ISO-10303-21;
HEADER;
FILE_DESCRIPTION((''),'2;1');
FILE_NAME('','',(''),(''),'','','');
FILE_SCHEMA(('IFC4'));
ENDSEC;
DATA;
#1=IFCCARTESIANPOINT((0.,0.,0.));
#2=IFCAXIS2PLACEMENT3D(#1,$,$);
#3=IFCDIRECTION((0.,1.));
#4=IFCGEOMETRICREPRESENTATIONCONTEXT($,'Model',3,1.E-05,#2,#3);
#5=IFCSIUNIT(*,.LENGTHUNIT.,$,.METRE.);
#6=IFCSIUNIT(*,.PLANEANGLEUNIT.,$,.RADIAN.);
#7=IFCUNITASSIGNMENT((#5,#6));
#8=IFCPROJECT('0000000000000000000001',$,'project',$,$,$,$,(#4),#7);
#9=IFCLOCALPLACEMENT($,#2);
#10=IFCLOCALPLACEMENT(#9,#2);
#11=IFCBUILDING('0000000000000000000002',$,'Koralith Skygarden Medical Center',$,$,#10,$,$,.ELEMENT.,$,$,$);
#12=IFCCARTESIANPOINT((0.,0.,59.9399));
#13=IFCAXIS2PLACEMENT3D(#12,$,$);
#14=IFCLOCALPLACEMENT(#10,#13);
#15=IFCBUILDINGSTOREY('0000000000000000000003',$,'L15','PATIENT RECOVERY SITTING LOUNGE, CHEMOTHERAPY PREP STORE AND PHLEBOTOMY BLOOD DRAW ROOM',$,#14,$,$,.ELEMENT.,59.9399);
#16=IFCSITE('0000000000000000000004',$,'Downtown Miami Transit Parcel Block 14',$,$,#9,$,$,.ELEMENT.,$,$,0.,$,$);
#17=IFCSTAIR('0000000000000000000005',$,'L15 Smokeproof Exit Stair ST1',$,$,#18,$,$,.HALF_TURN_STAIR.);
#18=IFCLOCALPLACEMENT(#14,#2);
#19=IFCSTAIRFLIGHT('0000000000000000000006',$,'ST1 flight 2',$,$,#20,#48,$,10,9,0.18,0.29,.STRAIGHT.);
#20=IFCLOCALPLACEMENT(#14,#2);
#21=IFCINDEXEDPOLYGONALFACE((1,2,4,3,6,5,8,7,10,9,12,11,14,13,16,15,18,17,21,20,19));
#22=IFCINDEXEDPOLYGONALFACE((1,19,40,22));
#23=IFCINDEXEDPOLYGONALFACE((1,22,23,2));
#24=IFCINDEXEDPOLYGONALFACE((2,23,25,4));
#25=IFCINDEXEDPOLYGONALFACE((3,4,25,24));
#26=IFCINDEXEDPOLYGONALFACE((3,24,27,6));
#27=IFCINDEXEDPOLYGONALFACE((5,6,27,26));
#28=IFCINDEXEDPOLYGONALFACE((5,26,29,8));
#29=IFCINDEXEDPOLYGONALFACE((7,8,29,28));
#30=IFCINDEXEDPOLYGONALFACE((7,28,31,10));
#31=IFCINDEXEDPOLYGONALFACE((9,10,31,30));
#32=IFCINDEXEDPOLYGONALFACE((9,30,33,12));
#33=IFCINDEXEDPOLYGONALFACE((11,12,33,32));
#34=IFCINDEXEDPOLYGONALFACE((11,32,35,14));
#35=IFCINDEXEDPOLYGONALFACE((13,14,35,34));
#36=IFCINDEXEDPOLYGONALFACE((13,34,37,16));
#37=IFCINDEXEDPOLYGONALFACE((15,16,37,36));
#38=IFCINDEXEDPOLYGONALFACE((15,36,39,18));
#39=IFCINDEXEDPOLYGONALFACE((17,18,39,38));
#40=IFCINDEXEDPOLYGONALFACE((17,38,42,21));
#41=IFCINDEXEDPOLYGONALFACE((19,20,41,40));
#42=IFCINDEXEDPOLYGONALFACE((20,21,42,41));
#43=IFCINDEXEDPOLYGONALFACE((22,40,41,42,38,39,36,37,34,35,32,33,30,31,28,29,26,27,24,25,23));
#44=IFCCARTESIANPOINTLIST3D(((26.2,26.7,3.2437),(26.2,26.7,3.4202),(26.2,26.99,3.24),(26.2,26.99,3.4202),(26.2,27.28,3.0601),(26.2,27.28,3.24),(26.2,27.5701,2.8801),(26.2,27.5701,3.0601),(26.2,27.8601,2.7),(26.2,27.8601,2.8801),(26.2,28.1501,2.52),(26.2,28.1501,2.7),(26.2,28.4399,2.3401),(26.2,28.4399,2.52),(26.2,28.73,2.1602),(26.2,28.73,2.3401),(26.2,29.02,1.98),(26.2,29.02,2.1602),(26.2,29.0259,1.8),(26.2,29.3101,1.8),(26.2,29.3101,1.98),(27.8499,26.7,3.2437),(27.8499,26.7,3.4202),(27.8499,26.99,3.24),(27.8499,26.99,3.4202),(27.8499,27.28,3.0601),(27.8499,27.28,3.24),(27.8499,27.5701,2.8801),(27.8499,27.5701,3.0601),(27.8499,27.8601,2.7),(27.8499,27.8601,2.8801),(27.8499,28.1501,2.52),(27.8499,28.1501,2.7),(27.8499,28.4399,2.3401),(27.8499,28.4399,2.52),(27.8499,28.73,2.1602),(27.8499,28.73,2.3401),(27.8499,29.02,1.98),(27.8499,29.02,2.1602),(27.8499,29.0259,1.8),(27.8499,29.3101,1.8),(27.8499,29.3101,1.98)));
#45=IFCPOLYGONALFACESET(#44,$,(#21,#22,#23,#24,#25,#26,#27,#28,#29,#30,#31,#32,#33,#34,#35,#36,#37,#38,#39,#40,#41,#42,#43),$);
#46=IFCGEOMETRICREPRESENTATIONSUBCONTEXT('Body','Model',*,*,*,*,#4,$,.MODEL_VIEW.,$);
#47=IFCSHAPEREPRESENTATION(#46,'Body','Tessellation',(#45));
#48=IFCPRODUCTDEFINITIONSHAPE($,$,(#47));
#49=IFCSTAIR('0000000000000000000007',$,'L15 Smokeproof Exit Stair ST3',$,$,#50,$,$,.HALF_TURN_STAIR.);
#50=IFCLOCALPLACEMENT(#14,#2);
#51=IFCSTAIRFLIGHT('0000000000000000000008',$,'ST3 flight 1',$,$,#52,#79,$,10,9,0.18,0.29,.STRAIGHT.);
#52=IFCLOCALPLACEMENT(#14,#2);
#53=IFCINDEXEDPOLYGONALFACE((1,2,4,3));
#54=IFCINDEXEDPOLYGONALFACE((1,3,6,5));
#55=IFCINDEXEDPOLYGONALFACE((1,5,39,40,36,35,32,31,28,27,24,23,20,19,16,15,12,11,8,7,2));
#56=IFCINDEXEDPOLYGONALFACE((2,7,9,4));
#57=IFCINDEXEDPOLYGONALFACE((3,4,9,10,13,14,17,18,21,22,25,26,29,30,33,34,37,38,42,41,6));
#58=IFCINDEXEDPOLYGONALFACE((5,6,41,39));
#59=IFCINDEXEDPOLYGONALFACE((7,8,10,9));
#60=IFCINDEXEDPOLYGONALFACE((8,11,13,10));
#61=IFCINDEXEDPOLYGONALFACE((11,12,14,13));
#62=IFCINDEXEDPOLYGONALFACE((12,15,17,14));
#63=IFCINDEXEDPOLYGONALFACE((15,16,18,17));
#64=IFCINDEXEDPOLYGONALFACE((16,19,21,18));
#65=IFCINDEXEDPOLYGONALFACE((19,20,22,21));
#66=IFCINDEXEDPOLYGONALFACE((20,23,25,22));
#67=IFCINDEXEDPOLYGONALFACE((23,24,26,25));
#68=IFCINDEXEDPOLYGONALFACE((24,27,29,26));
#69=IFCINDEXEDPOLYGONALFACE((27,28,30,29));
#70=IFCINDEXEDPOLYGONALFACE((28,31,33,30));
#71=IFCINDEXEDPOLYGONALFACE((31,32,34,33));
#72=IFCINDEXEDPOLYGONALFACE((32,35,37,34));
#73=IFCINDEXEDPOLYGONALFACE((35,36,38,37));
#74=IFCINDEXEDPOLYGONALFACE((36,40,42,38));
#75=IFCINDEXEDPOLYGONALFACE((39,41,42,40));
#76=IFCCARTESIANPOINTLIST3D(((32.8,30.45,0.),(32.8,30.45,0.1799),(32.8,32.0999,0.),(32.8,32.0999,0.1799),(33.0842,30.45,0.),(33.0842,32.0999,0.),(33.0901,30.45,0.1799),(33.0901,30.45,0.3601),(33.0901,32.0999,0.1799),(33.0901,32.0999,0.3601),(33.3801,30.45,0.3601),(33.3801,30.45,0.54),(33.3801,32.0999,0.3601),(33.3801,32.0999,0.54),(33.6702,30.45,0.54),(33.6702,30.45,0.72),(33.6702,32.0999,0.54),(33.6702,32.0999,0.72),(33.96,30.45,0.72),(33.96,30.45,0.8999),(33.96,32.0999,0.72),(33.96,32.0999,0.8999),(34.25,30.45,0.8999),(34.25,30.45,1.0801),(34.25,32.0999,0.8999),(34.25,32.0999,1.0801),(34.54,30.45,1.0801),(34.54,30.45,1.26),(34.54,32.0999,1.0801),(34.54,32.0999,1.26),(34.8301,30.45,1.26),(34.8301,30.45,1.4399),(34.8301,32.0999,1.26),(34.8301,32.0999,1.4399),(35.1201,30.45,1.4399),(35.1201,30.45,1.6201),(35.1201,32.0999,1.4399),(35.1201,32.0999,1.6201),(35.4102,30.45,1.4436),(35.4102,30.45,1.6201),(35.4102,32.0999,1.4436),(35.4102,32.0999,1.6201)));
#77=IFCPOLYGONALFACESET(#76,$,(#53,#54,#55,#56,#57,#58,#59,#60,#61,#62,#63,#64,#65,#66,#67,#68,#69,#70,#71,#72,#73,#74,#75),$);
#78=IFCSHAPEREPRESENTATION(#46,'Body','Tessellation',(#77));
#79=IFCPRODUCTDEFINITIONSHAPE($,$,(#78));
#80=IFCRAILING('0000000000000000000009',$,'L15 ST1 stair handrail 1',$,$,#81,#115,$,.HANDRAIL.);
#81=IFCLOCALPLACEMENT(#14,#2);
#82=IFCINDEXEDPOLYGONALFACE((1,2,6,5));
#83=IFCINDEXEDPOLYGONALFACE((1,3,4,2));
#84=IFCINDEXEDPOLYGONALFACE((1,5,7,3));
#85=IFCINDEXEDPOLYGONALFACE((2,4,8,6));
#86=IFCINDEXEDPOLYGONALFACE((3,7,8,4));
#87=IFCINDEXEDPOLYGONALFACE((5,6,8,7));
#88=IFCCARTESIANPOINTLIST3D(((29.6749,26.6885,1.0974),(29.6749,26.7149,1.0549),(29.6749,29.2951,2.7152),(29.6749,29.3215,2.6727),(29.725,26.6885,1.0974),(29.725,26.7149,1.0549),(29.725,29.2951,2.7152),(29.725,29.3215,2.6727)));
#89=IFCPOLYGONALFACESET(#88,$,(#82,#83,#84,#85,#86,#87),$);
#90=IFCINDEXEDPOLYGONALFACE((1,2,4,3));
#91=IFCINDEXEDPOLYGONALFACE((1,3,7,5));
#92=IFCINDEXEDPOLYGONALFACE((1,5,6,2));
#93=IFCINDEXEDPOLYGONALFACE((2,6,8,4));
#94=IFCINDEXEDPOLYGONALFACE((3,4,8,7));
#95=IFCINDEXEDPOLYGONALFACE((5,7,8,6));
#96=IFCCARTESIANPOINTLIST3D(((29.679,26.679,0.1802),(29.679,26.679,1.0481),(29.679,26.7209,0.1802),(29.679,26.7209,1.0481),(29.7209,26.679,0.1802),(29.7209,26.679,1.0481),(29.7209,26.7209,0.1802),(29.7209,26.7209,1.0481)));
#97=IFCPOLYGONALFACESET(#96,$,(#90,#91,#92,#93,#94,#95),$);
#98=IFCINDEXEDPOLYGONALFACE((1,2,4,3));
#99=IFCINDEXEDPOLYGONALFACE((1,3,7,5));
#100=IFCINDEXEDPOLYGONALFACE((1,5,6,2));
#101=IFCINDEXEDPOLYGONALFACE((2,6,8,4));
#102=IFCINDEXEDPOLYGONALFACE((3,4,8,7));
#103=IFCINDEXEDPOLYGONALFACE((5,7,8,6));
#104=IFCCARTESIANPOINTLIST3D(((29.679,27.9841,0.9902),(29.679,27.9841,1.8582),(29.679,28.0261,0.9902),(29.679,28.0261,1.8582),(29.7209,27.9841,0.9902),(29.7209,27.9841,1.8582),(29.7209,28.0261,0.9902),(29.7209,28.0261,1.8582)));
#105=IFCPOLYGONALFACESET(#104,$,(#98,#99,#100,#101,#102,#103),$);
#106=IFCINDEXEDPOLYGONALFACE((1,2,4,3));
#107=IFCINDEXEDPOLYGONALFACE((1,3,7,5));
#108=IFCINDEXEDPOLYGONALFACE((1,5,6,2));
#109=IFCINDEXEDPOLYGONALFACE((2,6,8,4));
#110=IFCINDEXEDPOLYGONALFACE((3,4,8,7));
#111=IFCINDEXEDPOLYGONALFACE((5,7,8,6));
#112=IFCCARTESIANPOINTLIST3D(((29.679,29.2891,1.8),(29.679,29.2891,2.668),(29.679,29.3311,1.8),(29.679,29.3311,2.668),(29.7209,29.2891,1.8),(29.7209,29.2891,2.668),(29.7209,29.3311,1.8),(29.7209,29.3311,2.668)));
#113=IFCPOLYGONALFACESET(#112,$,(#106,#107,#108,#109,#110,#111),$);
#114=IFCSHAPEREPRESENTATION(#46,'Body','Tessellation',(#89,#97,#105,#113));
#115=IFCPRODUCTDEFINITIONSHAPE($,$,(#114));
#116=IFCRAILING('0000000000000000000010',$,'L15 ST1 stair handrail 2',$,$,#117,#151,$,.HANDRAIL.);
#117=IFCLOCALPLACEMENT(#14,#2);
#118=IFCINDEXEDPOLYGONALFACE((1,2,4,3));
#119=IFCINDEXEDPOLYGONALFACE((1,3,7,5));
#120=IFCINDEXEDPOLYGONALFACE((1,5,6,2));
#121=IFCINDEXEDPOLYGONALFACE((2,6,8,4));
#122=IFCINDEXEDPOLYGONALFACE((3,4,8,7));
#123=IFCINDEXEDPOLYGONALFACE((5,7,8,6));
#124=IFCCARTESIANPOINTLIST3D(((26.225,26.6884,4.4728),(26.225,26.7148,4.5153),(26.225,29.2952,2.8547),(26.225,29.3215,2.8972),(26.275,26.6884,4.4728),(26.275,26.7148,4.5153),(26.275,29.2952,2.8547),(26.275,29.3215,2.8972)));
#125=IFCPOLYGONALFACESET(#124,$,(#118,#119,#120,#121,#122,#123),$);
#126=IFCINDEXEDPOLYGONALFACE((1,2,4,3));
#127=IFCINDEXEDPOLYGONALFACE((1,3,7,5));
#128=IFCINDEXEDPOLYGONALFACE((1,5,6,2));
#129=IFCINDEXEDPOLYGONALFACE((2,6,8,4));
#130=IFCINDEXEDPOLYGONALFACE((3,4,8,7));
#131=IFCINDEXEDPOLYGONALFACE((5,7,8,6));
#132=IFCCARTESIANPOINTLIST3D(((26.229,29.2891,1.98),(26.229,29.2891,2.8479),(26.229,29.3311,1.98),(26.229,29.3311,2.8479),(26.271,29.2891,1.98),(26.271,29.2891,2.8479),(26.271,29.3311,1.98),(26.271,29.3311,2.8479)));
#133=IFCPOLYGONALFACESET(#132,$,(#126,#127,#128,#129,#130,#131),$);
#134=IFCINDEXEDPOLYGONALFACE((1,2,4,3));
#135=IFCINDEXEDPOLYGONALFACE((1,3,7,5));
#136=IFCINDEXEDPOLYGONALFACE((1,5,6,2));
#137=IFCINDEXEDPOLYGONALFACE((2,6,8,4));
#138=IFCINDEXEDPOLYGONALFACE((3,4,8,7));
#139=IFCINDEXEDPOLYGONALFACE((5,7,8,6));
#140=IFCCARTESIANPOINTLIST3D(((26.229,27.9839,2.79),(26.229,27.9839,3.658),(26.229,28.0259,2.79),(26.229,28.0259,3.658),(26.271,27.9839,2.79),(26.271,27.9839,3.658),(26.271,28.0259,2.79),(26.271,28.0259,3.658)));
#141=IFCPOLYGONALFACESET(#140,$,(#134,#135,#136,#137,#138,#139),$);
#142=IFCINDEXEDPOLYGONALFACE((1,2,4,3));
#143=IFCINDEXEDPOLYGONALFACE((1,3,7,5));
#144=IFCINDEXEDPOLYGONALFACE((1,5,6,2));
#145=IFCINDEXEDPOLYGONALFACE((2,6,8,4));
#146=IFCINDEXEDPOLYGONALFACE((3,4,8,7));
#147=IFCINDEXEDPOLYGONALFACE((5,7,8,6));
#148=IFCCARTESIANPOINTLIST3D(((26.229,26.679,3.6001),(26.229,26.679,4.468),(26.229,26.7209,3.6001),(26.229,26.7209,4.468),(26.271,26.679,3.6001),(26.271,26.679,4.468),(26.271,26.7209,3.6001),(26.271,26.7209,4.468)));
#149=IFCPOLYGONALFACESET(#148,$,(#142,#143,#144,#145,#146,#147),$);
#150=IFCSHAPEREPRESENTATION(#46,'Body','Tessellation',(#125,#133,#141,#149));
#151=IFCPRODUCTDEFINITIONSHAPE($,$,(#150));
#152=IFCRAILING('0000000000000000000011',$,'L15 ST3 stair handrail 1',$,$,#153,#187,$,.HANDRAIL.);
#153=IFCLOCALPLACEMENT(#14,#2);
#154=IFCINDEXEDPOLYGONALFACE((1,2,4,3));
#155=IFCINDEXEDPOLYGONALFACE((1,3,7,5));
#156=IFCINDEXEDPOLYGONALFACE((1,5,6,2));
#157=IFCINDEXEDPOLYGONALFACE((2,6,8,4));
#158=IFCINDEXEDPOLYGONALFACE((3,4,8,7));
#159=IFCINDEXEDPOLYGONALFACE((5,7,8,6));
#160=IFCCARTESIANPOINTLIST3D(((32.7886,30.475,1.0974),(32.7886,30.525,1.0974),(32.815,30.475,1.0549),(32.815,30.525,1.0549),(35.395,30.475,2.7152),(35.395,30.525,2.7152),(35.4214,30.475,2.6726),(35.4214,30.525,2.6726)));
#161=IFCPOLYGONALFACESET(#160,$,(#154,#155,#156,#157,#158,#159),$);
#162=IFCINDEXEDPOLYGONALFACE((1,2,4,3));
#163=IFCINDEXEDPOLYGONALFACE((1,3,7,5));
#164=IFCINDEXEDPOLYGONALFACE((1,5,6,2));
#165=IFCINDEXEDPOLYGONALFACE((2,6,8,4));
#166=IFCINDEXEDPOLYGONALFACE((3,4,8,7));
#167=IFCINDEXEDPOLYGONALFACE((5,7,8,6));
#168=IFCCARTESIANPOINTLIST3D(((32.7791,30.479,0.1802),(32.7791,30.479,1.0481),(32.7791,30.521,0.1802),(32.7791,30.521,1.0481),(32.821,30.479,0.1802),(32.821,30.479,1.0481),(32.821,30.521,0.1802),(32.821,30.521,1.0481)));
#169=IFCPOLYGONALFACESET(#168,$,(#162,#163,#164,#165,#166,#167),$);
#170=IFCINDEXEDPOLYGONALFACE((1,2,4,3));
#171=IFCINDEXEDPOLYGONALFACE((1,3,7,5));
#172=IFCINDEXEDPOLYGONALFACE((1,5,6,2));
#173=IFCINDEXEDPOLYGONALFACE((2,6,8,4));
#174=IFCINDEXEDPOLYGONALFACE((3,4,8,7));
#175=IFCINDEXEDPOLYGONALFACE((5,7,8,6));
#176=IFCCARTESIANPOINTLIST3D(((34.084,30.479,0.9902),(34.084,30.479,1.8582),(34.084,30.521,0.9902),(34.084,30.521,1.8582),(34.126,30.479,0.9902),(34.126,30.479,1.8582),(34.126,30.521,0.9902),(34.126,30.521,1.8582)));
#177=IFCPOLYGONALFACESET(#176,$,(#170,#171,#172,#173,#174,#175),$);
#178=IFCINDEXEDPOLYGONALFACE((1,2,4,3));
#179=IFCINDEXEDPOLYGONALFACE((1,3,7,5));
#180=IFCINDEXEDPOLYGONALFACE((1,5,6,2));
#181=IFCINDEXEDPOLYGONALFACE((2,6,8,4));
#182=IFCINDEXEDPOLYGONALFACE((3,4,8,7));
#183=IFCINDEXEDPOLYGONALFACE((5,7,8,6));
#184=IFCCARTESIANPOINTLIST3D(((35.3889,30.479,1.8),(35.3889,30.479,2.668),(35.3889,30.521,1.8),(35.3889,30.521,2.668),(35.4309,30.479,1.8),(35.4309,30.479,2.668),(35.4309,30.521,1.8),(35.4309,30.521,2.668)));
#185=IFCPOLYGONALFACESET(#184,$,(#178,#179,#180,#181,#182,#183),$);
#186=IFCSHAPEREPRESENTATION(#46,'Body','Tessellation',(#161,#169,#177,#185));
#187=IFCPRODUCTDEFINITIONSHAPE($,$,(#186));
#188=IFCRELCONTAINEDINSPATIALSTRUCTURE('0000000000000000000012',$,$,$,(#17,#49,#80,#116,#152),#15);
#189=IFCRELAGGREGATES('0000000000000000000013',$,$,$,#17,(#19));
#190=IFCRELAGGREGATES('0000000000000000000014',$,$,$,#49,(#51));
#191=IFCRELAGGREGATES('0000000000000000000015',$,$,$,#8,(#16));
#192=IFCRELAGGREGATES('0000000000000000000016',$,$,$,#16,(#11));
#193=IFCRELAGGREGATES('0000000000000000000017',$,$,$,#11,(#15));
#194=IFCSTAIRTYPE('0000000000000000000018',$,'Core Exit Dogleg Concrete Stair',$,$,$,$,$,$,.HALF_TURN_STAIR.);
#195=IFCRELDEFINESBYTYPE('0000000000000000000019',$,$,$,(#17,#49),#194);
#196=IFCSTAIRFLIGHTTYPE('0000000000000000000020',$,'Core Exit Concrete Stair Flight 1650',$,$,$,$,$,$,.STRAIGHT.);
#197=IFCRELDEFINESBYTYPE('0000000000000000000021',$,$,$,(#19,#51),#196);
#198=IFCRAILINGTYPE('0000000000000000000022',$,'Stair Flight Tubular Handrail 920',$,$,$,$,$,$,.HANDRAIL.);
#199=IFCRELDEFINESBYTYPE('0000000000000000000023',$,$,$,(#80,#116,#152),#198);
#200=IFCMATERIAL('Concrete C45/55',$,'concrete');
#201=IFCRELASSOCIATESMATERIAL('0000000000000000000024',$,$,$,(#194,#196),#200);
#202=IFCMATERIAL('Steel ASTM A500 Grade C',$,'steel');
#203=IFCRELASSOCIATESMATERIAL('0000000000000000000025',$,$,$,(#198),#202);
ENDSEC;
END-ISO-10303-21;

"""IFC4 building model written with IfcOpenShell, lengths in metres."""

from ifc_helpers import new_model, si_unit, direction, frame, origin, origin_2d, place, context, subcontext, project, spatial, polyline, rectangle, outline, extrude, material, type_object, element, aggregate, save


model = new_model("IFC4")

# Units and contexts
model_context = context("Model", 3, precision=1e-05, world=origin(), true_north=direction((0.0, 1.0)))
body_context = subcontext(model_context, "Body", "Model", "MODEL_VIEW")
ifc_project = project(units=[si_unit("LENGTHUNIT", "METRE"), si_unit("PLANEANGLEUNIT", "RADIAN")], contexts=[model_context])

# Site, building, storey
site_placement = place(None, origin())
site = spatial("IfcSite", under=ifc_project, at=site_placement, Name="Downtown Miami Transit Parcel Block 14", CompositionType="ELEMENT", RefElevation=0.0)
building_placement = place(site_placement, origin())
building = spatial("IfcBuilding", under=site, at=building_placement, Name="Koralith Skygarden Medical Center", CompositionType="ELEMENT")
storey_placement = place(building_placement, frame((0.0, 0.0, 59.9399)))
storey = spatial("IfcBuildingStorey", under=building, at=storey_placement, Name="L15", Description="PATIENT RECOVERY SITTING LOUNGE, CHEMOTHERAPY PREP STORE AND PHLEBOTOMY BLOOD DRAW ROOM", CompositionType="ELEMENT", Elevation=59.9399)

# Shared definitions
ifc_material_1 = material(Name="Concrete C45/55", Category="concrete")

# Stair, stair flight
stair_type = type_object("IfcStairType", Name="Core Exit Dogleg Concrete Stair", PredefinedType="HALF_TURN_STAIR", material=ifc_material_1)
stair_1_placement = place(storey_placement, origin())
stair_1 = element("IfcStair", 1, at=stair_1_placement, inside=storey, type_object=stair_type, Name="L15 Smokeproof Exit Stair ST1", PredefinedType="HALF_TURN_STAIR")
stair_flight_type = type_object("IfcStairFlightType", Name="Core Exit Concrete Stair Flight 1650", PredefinedType="STRAIGHT", material=ifc_material_1)
stair_flight_1_placement = place(storey_placement, frame((27.0249, 29.3101, 1.8), z_axis=(0.0, 0.0, 1.0), x_axis=(0.0, -1.0, 0.0)))
stair_flight_1 = element("IfcStairFlight", 2, at=stair_flight_1_placement, type_object=stair_flight_type, Name="ST1 flight 2", NumberOfRisers=10, NumberOfTreads=9, PredefinedType="STRAIGHT", RiserHeight=0.18, TreadLength=0.29, context=body_context, shape_type="SweptSolid", body=[
    extrude(outline(polyline([(0.0, 0.0), (0.0, 0.1799), (0.29, 0.1799), (0.29, 0.3601), (0.5801, 0.3601), (0.5801, 0.54), (0.8701, 0.54), (0.8701, 0.72), (1.1599, 0.72), (1.1599, 0.8999), (1.45, 0.8999), (1.45, 1.0801), (1.74, 1.0801), (1.74, 1.26), (2.03, 1.26), (2.03, 1.4399), (2.3201, 1.4399), (2.3201, 1.6201), (2.6101, 1.6201), (2.6101, 1.8), (2.6101, 1.4436), (0.2842, 0.0), (0.0, 0.0)])), frame((0.0, 0.825, 0.0), z_axis=(0.0, -1.0, 0.0), x_axis=(1.0, 0.0, 0.0)), (0.0, 0.0, 1.0), 1.6499),
])
aggregate(stair_1, [stair_flight_1])

# Stair, stair flight
stair_2_placement = place(storey_placement, origin())
stair_2 = element("IfcStair", 3, at=stair_2_placement, inside=storey, type_object=stair_type, Name="L15 Smokeproof Exit Stair ST3", PredefinedType="HALF_TURN_STAIR")
stair_flight_2_placement = place(storey_placement, frame((32.8, 31.2749, 0.0), z_axis=(0.0, 0.0, 1.0), x_axis=(1.0, 0.0, 0.0)))
stair_flight_2 = element("IfcStairFlight", 4, at=stair_flight_2_placement, type_object=stair_flight_type, Name="ST3 flight 1", NumberOfRisers=10, NumberOfTreads=9, PredefinedType="STRAIGHT", RiserHeight=0.18, TreadLength=0.29, context=body_context, shape_type="SweptSolid", body=[
    extrude(outline(polyline([(0.0, 0.0), (0.0, 0.1799), (0.29, 0.1799), (0.29, 0.3601), (0.5801, 0.3601), (0.5801, 0.54), (0.8701, 0.54), (0.8701, 0.72), (1.1599, 0.72), (1.1599, 0.8999), (1.45, 0.8999), (1.45, 1.0801), (1.74, 1.0801), (1.74, 1.26), (2.03, 1.26), (2.03, 1.4399), (2.3201, 1.4399), (2.3201, 1.6201), (2.6101, 1.6201), (2.6101, 1.8), (2.6101, 1.4436), (0.2842, 0.0), (0.0, 0.0)])), frame((0.0, 0.825, 0.0), z_axis=(0.0, -1.0, 0.0), x_axis=(1.0, 0.0, 0.0)), (0.0, 0.0, 1.0), 1.6499),
])
aggregate(stair_2, [stair_flight_2])

# Railings
ifc_material_2 = material(Name="Steel ASTM A500 Grade C", Category="steel")
railing_type_1 = type_object("IfcRailingType", Name="Stair Flight Tubular Handrail 920", PredefinedType="HANDRAIL", material=ifc_material_2)
railing_1_placement = place(storey_placement, frame((29.7, 26.7, 0.1802)))
element("IfcRailing", 5, at=railing_1_placement, inside=storey, type_object=railing_type_1, Name="L15 ST1 stair handrail 1", PredefinedType="HANDRAIL", context=body_context, shape_type="SweptSolid", body=[
    extrude(rectangle(XDim=0.05, YDim=0.05, at=origin_2d()), frame((0.0, 0.0017, 0.896), z_axis=(0.0, 0.849668, 0.527317), x_axis=(-1.0, 0.0, 0.0)), (0.0, 0.0, 1.0), 3.0679),
    extrude(rectangle(XDim=0.042, YDim=0.042, at=origin_2d()), origin(), (0.0, 0.0, 1.0), 0.8679),
    extrude(rectangle(XDim=0.042, YDim=0.042, at=origin_2d()), frame((0.0, 1.3052, 0.8101)), (0.0, 0.0, 1.0), 0.8679),
    extrude(rectangle(XDim=0.042, YDim=0.042, at=origin_2d()), frame((0.0, 2.6101, 1.6199)), (0.0, 0.0, 1.0), 0.8679),
])
railing_2_placement = place(storey_placement, frame((26.25, 29.3101, 1.98)))
element("IfcRailing", 6, at=railing_2_placement, inside=storey, type_object=railing_type_1, Name="L15 ST1 stair handrail 2", PredefinedType="HANDRAIL", context=body_context, shape_type="SweptSolid", body=[
    extrude(rectangle(XDim=0.05, YDim=0.05, at=origin_2d()), frame((0.0, -0.0017, 0.896), z_axis=(0.0, -0.849633, 0.527375), x_axis=(1.0, 0.0, 0.0)), (0.0, 0.0, 1.0), 3.0681),
    extrude(rectangle(XDim=0.042, YDim=0.042, at=origin_2d()), origin(), (0.0, 0.0, 1.0), 0.8679),
    extrude(rectangle(XDim=0.042, YDim=0.042, at=origin_2d()), frame((0.0, -1.3052, 0.8101)), (0.0, 0.0, 1.0), 0.8679),
    extrude(rectangle(XDim=0.042, YDim=0.042, at=origin_2d()), frame((0.0, -2.6101, 1.6201)), (0.0, 0.0, 1.0), 0.8679),
])
railing_3_placement = place(storey_placement, frame((32.8, 30.5, 0.1802)))
element("IfcRailing", 7, at=railing_3_placement, inside=storey, type_object=railing_type_1, Name="L15 ST3 stair handrail 1", PredefinedType="HANDRAIL", context=body_context, shape_type="SweptSolid", body=[
    extrude(rectangle(XDim=0.05, YDim=0.05, at=origin_2d()), frame((0.0017, 0.0, 0.896), z_axis=(0.849646, 0.0, 0.527353), x_axis=(0.0, 1.0, 0.0)), (0.0, 0.0, 1.0), 3.0676),
    extrude(rectangle(XDim=0.042, YDim=0.042, at=origin_2d()), origin(), (0.0, 0.0, 1.0), 0.8679),
    extrude(rectangle(XDim=0.042, YDim=0.042, at=origin_2d()), frame((1.3049, 0.0, 0.8101)), (0.0, 0.0, 1.0), 0.8679),
    extrude(rectangle(XDim=0.042, YDim=0.042, at=origin_2d()), frame((2.6099, 0.0, 1.6199)), (0.0, 0.0, 1.0), 0.8679),
])

save(model, "model.ifc")
